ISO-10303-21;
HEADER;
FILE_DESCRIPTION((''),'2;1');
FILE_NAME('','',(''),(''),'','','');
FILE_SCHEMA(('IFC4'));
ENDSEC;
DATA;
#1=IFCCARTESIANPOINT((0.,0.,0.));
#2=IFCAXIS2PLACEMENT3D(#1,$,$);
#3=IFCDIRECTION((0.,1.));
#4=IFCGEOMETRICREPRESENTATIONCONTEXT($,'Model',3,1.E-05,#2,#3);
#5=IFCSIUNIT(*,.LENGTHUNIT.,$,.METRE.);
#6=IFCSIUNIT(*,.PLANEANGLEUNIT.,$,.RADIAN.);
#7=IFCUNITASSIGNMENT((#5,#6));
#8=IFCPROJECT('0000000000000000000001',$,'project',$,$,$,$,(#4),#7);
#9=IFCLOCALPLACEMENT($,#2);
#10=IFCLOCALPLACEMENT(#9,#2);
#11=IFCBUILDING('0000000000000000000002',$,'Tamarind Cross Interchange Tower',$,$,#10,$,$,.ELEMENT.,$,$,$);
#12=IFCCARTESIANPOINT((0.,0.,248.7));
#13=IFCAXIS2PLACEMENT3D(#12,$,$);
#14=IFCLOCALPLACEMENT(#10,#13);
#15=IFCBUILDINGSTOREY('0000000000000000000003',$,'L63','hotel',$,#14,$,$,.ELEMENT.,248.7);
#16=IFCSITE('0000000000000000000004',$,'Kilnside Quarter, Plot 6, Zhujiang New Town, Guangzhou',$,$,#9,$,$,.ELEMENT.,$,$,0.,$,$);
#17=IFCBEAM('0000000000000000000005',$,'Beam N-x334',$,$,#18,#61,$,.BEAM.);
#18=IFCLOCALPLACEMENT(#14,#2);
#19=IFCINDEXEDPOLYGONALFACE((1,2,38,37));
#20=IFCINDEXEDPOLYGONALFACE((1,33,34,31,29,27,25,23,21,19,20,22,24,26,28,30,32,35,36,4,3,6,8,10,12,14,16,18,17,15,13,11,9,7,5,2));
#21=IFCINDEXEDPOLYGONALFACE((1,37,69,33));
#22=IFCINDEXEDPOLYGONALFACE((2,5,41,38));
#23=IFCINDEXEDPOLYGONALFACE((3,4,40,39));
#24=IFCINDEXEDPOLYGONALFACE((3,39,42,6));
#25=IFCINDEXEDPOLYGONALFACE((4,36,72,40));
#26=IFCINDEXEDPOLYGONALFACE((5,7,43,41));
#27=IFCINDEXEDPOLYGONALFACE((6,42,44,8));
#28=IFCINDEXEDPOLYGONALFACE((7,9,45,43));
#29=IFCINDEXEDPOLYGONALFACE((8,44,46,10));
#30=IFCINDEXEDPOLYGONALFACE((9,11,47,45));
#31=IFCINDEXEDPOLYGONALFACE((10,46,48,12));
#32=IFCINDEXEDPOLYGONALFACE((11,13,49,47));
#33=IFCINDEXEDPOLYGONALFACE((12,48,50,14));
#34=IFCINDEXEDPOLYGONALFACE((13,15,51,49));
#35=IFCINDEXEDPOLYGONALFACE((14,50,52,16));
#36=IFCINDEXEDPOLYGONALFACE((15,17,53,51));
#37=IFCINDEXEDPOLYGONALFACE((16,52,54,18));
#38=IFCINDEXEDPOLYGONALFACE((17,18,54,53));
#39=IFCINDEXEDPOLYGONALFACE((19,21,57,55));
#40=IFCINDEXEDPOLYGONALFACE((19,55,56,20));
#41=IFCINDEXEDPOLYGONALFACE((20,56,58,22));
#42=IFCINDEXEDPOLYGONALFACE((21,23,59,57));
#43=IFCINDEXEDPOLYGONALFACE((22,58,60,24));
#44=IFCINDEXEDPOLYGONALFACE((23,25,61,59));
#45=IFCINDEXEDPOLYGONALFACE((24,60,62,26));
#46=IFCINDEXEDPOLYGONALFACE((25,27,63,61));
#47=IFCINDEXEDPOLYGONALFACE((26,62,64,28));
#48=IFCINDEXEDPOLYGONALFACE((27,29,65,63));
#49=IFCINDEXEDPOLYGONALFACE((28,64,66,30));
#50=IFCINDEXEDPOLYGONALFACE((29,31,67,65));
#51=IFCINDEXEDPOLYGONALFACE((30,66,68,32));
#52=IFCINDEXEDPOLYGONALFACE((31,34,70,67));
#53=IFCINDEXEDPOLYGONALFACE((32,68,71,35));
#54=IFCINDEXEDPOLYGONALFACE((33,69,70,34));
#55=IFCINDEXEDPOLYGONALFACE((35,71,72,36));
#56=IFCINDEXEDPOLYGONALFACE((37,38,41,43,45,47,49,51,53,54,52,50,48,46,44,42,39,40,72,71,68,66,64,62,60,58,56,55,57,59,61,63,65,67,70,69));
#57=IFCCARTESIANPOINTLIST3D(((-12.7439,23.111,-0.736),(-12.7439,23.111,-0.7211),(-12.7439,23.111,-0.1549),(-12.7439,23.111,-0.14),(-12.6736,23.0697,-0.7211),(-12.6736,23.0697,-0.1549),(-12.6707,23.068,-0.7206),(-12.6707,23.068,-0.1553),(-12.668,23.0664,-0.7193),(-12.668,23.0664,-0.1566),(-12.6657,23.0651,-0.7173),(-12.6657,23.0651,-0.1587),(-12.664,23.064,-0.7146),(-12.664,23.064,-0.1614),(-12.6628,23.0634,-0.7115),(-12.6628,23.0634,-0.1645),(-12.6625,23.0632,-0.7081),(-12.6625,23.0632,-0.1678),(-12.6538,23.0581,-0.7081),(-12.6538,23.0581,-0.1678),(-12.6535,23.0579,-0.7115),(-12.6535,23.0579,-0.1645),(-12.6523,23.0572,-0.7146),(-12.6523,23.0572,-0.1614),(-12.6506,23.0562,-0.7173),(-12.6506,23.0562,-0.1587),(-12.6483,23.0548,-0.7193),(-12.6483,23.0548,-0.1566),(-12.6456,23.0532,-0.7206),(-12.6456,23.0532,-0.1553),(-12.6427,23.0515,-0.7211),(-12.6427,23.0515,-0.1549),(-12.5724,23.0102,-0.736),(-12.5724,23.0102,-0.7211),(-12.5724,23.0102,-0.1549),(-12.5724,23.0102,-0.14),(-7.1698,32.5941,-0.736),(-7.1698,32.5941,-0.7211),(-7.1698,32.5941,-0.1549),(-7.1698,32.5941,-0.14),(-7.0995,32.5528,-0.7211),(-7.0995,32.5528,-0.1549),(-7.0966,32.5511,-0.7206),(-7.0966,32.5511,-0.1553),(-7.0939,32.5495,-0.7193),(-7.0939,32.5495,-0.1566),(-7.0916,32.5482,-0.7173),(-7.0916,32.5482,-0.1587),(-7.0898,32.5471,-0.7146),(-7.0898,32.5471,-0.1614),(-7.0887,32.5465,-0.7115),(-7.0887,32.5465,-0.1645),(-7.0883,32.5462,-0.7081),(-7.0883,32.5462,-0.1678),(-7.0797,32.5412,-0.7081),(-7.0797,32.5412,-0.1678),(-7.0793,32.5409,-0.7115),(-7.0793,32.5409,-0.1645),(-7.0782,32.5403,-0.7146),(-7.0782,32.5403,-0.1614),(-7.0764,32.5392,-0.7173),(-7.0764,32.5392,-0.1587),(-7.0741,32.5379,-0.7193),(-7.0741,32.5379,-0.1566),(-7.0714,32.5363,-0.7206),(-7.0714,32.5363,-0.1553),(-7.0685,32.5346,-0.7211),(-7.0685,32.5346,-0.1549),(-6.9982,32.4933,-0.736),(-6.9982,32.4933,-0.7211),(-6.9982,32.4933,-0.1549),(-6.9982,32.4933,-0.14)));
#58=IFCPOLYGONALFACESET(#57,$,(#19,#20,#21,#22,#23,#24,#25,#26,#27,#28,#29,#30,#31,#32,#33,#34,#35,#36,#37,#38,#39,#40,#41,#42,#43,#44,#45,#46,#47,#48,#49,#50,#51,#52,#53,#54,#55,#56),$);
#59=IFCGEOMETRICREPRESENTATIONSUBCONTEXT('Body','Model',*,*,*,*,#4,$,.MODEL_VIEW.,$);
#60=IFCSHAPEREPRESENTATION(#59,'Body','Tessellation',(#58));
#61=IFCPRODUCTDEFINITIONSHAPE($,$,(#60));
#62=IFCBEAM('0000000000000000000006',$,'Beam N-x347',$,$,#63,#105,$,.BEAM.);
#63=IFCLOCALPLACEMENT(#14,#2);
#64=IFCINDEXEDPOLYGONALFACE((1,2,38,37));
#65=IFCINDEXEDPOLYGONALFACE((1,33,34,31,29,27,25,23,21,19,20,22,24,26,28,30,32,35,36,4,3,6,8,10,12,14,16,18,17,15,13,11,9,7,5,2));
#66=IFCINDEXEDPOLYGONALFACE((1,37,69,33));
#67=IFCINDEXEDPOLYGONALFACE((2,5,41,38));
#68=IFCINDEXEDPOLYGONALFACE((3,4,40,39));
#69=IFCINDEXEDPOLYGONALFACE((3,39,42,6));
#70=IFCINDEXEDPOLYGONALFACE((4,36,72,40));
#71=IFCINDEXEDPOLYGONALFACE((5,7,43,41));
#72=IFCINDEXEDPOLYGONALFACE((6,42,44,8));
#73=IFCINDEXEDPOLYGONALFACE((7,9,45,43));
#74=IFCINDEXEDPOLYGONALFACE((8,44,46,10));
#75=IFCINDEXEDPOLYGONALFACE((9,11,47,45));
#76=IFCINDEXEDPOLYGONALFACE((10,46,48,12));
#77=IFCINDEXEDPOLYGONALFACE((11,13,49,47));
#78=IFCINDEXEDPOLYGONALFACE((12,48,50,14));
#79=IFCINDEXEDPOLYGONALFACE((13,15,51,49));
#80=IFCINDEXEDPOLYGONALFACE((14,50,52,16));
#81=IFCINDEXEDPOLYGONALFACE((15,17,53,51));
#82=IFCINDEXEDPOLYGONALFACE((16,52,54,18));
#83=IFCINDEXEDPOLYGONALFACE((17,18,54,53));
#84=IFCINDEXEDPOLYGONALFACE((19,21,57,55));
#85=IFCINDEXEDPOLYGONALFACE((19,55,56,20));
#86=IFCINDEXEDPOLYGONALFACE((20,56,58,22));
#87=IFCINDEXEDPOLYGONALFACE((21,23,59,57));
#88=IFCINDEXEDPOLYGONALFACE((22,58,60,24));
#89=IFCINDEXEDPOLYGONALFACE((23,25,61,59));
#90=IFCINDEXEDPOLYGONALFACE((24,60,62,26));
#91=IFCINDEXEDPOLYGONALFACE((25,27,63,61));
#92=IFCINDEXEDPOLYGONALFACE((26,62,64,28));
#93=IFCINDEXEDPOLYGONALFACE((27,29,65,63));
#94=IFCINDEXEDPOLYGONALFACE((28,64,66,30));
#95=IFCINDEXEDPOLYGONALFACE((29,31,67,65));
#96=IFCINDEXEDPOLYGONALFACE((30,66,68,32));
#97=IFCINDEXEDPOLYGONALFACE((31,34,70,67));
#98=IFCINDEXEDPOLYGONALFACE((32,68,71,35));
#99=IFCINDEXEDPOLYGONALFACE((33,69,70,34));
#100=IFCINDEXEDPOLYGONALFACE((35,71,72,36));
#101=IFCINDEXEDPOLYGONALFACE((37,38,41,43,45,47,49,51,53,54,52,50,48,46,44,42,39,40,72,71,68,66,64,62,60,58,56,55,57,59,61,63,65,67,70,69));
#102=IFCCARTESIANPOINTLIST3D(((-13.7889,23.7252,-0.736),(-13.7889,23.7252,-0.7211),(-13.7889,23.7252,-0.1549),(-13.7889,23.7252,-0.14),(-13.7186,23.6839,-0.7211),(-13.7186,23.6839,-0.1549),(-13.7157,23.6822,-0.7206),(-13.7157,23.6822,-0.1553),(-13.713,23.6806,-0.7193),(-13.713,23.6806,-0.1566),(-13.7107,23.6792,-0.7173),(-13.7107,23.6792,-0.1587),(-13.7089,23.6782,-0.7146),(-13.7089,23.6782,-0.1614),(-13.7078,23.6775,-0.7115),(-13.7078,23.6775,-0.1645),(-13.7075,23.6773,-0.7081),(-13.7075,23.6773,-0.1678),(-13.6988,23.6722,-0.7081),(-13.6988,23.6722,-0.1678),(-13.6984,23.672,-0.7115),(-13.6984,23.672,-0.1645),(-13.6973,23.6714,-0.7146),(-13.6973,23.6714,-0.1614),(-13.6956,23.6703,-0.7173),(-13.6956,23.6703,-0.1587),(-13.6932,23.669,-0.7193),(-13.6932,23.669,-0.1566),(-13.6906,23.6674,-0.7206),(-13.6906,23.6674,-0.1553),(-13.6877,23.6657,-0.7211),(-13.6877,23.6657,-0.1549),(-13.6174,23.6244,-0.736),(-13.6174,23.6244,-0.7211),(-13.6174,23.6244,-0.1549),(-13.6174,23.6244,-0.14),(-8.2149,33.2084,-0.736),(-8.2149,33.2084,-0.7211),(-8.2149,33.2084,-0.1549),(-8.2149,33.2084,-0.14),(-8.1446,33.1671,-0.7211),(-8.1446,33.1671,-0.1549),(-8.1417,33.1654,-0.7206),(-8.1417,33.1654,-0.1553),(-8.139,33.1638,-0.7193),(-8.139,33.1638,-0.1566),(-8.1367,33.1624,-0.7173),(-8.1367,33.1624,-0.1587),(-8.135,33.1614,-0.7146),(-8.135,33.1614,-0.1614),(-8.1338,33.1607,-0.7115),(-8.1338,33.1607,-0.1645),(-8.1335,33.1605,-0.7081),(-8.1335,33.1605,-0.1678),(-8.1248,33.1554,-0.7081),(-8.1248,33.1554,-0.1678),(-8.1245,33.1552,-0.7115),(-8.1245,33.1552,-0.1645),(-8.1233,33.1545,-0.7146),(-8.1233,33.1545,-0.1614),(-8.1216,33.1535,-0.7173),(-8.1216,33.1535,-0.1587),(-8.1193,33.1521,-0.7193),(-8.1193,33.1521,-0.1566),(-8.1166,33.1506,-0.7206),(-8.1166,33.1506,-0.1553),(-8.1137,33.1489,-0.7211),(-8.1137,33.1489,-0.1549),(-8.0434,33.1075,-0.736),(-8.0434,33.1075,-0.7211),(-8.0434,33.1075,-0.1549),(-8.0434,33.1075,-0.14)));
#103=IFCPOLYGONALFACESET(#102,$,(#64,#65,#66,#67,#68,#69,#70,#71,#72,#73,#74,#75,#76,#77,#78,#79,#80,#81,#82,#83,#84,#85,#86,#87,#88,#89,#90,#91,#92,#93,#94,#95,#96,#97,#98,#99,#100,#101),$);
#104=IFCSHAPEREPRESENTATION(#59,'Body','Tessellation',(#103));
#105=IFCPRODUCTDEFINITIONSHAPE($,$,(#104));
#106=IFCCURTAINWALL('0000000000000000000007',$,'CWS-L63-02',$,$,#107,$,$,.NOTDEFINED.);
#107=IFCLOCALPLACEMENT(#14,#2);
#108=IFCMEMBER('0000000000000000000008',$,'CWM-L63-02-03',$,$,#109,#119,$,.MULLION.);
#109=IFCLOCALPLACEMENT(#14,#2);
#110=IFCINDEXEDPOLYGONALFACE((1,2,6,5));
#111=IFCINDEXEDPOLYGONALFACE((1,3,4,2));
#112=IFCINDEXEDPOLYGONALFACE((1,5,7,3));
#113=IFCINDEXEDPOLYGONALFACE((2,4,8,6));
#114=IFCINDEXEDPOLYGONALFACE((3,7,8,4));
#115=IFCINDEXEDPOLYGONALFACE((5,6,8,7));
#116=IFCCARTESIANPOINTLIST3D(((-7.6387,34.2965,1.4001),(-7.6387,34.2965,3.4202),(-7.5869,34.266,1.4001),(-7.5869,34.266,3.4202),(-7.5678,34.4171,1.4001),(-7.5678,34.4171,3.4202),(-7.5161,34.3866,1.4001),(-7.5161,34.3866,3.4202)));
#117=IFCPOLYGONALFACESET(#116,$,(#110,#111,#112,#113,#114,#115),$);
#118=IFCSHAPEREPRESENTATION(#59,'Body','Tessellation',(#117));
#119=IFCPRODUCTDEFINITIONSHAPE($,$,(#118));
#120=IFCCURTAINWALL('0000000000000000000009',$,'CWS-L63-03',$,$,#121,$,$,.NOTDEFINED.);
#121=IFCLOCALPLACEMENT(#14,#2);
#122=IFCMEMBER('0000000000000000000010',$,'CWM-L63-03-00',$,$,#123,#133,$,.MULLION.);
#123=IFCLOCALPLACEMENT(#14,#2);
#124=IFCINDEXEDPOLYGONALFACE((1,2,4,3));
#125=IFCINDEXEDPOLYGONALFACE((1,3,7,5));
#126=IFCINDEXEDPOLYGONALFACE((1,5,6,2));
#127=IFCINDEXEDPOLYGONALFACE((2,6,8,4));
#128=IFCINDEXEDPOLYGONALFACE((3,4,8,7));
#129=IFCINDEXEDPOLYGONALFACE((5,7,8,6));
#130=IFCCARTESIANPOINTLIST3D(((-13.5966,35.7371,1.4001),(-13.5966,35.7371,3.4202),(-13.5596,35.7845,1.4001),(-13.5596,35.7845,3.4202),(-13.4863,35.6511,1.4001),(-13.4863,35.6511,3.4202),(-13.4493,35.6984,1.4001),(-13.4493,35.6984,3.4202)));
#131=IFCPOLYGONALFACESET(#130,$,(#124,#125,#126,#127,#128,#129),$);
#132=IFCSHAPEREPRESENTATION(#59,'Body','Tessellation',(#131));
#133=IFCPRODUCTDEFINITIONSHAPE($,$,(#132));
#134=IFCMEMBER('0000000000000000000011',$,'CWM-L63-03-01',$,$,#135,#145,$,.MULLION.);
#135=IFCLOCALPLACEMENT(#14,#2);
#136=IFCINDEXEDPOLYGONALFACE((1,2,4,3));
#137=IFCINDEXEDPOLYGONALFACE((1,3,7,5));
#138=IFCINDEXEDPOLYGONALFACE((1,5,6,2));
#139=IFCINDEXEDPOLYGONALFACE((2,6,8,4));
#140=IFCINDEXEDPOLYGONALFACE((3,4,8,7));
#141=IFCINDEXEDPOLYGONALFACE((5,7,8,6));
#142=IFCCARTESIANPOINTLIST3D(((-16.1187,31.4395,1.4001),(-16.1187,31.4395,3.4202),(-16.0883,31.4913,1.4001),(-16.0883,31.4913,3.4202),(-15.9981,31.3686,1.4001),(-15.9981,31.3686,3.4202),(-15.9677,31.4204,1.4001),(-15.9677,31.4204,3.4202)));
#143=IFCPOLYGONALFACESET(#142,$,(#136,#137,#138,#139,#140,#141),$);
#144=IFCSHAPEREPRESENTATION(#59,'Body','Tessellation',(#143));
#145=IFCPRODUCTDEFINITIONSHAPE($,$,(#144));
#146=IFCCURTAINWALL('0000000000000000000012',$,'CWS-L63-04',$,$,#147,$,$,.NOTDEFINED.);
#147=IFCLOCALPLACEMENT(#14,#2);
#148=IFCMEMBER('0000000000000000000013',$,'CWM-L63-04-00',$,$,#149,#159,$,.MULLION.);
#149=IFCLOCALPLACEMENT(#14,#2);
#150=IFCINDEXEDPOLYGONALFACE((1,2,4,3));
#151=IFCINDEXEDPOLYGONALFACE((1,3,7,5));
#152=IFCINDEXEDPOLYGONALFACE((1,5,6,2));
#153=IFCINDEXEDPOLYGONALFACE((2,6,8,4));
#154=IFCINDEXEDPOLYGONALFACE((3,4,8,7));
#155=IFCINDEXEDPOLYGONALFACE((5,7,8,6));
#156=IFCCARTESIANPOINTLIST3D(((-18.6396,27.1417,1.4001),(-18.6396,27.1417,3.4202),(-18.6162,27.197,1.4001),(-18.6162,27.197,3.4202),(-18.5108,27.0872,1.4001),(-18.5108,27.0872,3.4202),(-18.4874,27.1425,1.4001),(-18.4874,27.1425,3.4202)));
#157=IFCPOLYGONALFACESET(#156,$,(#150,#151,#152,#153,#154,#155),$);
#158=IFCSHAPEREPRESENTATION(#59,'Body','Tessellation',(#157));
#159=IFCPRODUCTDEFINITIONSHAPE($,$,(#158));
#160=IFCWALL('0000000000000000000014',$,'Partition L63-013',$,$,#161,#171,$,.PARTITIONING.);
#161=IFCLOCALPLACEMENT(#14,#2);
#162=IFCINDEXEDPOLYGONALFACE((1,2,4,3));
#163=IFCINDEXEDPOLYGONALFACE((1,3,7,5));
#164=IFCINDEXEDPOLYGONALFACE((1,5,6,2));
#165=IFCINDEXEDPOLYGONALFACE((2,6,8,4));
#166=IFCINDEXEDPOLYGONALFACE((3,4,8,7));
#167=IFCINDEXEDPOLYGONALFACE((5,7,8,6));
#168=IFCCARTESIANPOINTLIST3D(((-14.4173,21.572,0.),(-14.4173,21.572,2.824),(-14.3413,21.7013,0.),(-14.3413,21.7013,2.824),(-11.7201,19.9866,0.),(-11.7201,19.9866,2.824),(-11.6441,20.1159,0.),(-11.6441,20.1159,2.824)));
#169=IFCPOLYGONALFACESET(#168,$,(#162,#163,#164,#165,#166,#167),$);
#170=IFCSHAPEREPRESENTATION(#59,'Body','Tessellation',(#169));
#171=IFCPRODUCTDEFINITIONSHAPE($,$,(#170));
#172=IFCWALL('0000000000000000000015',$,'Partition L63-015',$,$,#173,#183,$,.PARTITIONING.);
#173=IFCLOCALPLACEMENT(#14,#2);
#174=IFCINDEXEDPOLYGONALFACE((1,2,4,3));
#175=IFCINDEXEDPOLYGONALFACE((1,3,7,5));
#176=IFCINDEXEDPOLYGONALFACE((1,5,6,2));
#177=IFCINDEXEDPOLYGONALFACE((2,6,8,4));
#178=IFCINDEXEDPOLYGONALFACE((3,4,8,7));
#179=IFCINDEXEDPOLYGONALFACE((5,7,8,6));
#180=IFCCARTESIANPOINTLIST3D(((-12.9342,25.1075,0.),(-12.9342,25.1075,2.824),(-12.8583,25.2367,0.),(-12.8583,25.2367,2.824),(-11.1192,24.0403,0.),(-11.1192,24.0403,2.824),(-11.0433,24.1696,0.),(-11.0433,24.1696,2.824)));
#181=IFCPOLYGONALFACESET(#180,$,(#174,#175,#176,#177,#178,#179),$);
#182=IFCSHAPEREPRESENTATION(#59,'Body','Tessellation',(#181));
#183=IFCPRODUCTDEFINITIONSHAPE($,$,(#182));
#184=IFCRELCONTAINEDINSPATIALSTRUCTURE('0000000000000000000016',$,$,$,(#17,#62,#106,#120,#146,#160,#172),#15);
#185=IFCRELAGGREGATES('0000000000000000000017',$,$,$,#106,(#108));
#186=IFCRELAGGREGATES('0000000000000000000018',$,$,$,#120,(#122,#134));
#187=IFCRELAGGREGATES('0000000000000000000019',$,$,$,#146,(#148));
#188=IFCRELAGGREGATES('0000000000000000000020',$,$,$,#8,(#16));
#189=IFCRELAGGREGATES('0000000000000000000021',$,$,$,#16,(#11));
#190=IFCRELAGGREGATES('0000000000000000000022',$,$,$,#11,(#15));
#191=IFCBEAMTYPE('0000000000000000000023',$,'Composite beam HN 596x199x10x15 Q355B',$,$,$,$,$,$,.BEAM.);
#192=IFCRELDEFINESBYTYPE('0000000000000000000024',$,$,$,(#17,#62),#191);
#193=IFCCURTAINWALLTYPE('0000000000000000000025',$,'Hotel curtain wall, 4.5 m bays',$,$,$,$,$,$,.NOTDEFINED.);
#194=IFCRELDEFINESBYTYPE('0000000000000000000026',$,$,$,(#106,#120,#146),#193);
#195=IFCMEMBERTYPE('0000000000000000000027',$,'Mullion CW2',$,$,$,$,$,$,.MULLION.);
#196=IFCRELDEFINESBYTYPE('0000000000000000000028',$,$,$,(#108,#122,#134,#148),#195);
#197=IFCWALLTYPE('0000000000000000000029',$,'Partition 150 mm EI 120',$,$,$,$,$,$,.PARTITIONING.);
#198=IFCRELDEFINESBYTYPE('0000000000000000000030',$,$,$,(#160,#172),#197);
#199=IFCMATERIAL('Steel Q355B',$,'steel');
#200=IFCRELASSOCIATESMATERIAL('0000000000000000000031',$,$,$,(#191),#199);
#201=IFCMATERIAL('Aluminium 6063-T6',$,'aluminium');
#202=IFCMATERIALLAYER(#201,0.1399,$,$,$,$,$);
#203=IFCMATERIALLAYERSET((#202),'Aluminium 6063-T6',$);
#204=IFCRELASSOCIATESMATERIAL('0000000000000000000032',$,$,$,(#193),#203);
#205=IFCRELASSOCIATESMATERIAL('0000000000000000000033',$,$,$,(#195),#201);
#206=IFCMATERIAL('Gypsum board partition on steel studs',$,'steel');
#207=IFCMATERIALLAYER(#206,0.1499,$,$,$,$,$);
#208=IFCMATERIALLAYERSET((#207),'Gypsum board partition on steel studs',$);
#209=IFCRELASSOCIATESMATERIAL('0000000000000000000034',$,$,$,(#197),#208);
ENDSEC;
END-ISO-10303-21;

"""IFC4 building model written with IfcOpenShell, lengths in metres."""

from ifc_helpers import new_model, si_unit, direction, frame, frame_2d, origin, origin_2d, place, context, subcontext, project, spatial, rectangle, i_section, extrude, material, layer, layer_set, material_profile, profile_set, type_object, element, aggregate, save


model = new_model("IFC4")

# Units and contexts
model_context = context("Model", 3, precision=1e-05, world=origin(), true_north=direction((0.0, 1.0)))
body_context = subcontext(model_context, "Body", "Model", "MODEL_VIEW")
ifc_project = project(units=[si_unit("LENGTHUNIT", "METRE"), si_unit("PLANEANGLEUNIT", "RADIAN")], contexts=[model_context])

# Site, building, storey
site_placement = place(None, origin())
site = spatial("IfcSite", under=ifc_project, at=site_placement, Name="Kilnside Quarter, Plot 6, Zhujiang New Town, Guangzhou", CompositionType="ELEMENT", RefElevation=0.0)
building_placement = place(site_placement, origin())
building = spatial("IfcBuilding", under=site, at=building_placement, Name="Tamarind Cross Interchange Tower", CompositionType="ELEMENT")
storey_placement = place(building_placement, frame((0.0, 0.0, 248.7)))
storey = spatial("IfcBuildingStorey", under=building, at=storey_placement, Name="L63", Description="hotel", CompositionType="ELEMENT", Elevation=248.7)

# Beams
ifc_material_1 = material(Name="Steel Q355B", Category="steel")
ifc_material_profile_1 = material_profile(ifc_material_1, i_section(OverallWidth=0.199, OverallDepth=0.5959, WebThickness=0.01, FlangeThickness=0.0149, FilletRadius=0.0129, at=origin_2d()), Name="HN 596x199x10x15")
ifc_profile_set_1 = profile_set([ifc_material_profile_1], Name="Steel Q355B")
beam_type_1 = type_object("IfcBeamType", Name="Composite beam HN 596x199x10x15 Q355B", PredefinedType="BEAM", material=ifc_profile_set_1)
for number, where, z_axis, x_axis, name in (
    (1, (-7.084, 32.5437, -0.438), (-0.506743, -0.862097, 0.0), (0.862097, -0.506743, 0.0), "Beam N-x334"),
    (2, (-8.1292, 33.158, -0.438), (-0.506726, -0.862107, 0.0), (0.862107, -0.506726, 0.0), "Beam N-x347"),
):
    element("IfcBeam", number, at=place(storey_placement, frame(where, z_axis=z_axis, x_axis=x_axis)), inside=storey, type_object=beam_type_1, Name=name, PredefinedType="BEAM", context=body_context, shape_type="SweptSolid", body=[
        extrude(i_section(OverallWidth=0.199, OverallDepth=0.5959, WebThickness=0.01, FlangeThickness=0.0149, FilletRadius=0.0129, at=origin_2d()), origin(), (0.0, 0.0, 1.0), 11.0),
    ])

# Curtain wall, member
ifc_material_2 = material(Name="Aluminium 6063-T6", Category="aluminium")
ifc_layer_1 = layer(ifc_material_2, 0.1399)
ifc_layer_set_1 = layer_set([ifc_layer_1], Name="Aluminium 6063-T6")
curtain_wall_type = type_object("IfcCurtainWallType", Name="Hotel curtain wall, 4.5 m bays", PredefinedType="NOTDEFINED", material=ifc_layer_set_1)
curtain_wall_1_placement = place(storey_placement, origin())
curtain_wall_1 = element("IfcCurtainWall", 3, at=curtain_wall_1_placement, inside=storey, type_object=curtain_wall_type, Name="CWS-L63-02", PredefinedType="NOTDEFINED")
ifc_material_profile_2 = material_profile(ifc_material_2, rectangle(XDim=0.0601, YDim=0.1399, at=origin_2d()), Name="Mullion CW2")
ifc_profile_set_2 = profile_set([ifc_material_profile_2], Name="Aluminium 6063-T6")
member_type = type_object("IfcMemberType", Name="Mullion CW2", PredefinedType="MULLION", material=ifc_profile_set_2)
member_1_placement = place(storey_placement, frame((-7.5774, 34.3416, 1.4001), z_axis=(0.0, 0.0, 1.0), x_axis=(-0.862104, 0.506732, 0.0)))
member_1 = element("IfcMember", 4, at=member_1_placement, type_object=member_type, Name="CWM-L63-02-03", PredefinedType="MULLION", context=body_context, shape_type="SweptSolid", body=[
    extrude(rectangle(XDim=0.0601, YDim=0.1399, at=origin_2d()), origin(), (0.0, 0.0, 1.0), 2.02),
])
aggregate(curtain_wall_1, [member_1])

# Curtain wall, members
curtain_wall_2_placement = place(storey_placement, origin())
curtain_wall_2 = element("IfcCurtainWall", 5, at=curtain_wall_2_placement, inside=storey, type_object=curtain_wall_type, Name="CWS-L63-03", PredefinedType="NOTDEFINED")
member_2_placement = place(storey_placement, frame((-13.5229, 35.7178, 1.4001), z_axis=(0.0, 0.0, 1.0), x_axis=(-0.614924, -0.788586, 0.0)))
member_2 = element("IfcMember", 6, at=member_2_placement, type_object=member_type, Name="CWM-L63-03-00", PredefinedType="MULLION", context=body_context, shape_type="SweptSolid", body=[
    extrude(rectangle(XDim=0.0601, YDim=0.1399, at=origin_2d()), origin(), (0.0, 0.0, 1.0), 2.02),
])
member_3_placement = place(storey_placement, frame((-16.0432, 31.4299, 1.4001), z_axis=(0.0, 0.0, 1.0), x_axis=(-0.506732, -0.862104, 0.0)))
member_3 = element("IfcMember", 7, at=member_3_placement, type_object=member_type, Name="CWM-L63-03-01", PredefinedType="MULLION", context=body_context, shape_type="SweptSolid", body=[
    extrude(rectangle(XDim=0.0601, YDim=0.1399, at=origin_2d()), origin(), (0.0, 0.0, 1.0), 2.02),
])
aggregate(curtain_wall_2, [member_2, member_3])

# Curtain wall, member
curtain_wall_3_placement = place(storey_placement, origin())
curtain_wall_3 = element("IfcCurtainWall", 8, at=curtain_wall_3_placement, inside=storey, type_object=curtain_wall_type, Name="CWS-L63-04", PredefinedType="NOTDEFINED")
member_4_placement = place(storey_placement, frame((-18.5635, 27.1421, 1.4001), z_axis=(0.0, 0.0, 1.0), x_axis=(-0.38987, -0.92087, 0.0)))
member_4 = element("IfcMember", 9, at=member_4_placement, type_object=member_type, Name="CWM-L63-04-00", PredefinedType="MULLION", context=body_context, shape_type="SweptSolid", body=[
    extrude(rectangle(XDim=0.0601, YDim=0.1399, at=origin_2d()), origin(), (0.0, 0.0, 1.0), 2.02),
])
aggregate(curtain_wall_3, [member_4])

# Walls
ifc_material_3 = material(Name="Gypsum board partition on steel studs", Category="steel")
ifc_layer_2 = layer(ifc_material_3, 0.1499)
ifc_layer_set_2 = layer_set([ifc_layer_2], Name="Gypsum board partition on steel studs")
wall_type = type_object("IfcWallType", Name="Partition 150 mm EI 120", PredefinedType="PARTITIONING", material=ifc_layer_set_2)
wall_1_placement = place(storey_placement, frame((-14.3794, 21.6367, 0.0), z_axis=(0.0, 0.0, 1.0), x_axis=(0.862099, -0.50674, 0.0)))
element("IfcWall", 10, at=wall_1_placement, inside=storey, type_object=wall_type, Name="Partition L63-013", PredefinedType="PARTITIONING", context=body_context, shape_type="SweptSolid", body=[
    extrude(rectangle(XDim=3.1287, YDim=0.1499, at=frame_2d((1.5645, 0.0))), origin(), (0.0, 0.0, 1.0), 2.824),
])
wall_2_placement = place(storey_placement, frame((-12.8962, 25.1721, 0.0), z_axis=(0.0, 0.0, 1.0), x_axis=(0.862033, -0.506853, 0.0)))
element("IfcWall", 11, at=wall_2_placement, inside=storey, type_object=wall_type, Name="Partition L63-015", PredefinedType="PARTITIONING", context=body_context, shape_type="SweptSolid", body=[
    extrude(rectangle(XDim=2.1055, YDim=0.1499, at=frame_2d((1.0527, 0.0))), origin(), (0.0, 0.0, 1.0), 2.824),
])

save(model, "model.ifc")
